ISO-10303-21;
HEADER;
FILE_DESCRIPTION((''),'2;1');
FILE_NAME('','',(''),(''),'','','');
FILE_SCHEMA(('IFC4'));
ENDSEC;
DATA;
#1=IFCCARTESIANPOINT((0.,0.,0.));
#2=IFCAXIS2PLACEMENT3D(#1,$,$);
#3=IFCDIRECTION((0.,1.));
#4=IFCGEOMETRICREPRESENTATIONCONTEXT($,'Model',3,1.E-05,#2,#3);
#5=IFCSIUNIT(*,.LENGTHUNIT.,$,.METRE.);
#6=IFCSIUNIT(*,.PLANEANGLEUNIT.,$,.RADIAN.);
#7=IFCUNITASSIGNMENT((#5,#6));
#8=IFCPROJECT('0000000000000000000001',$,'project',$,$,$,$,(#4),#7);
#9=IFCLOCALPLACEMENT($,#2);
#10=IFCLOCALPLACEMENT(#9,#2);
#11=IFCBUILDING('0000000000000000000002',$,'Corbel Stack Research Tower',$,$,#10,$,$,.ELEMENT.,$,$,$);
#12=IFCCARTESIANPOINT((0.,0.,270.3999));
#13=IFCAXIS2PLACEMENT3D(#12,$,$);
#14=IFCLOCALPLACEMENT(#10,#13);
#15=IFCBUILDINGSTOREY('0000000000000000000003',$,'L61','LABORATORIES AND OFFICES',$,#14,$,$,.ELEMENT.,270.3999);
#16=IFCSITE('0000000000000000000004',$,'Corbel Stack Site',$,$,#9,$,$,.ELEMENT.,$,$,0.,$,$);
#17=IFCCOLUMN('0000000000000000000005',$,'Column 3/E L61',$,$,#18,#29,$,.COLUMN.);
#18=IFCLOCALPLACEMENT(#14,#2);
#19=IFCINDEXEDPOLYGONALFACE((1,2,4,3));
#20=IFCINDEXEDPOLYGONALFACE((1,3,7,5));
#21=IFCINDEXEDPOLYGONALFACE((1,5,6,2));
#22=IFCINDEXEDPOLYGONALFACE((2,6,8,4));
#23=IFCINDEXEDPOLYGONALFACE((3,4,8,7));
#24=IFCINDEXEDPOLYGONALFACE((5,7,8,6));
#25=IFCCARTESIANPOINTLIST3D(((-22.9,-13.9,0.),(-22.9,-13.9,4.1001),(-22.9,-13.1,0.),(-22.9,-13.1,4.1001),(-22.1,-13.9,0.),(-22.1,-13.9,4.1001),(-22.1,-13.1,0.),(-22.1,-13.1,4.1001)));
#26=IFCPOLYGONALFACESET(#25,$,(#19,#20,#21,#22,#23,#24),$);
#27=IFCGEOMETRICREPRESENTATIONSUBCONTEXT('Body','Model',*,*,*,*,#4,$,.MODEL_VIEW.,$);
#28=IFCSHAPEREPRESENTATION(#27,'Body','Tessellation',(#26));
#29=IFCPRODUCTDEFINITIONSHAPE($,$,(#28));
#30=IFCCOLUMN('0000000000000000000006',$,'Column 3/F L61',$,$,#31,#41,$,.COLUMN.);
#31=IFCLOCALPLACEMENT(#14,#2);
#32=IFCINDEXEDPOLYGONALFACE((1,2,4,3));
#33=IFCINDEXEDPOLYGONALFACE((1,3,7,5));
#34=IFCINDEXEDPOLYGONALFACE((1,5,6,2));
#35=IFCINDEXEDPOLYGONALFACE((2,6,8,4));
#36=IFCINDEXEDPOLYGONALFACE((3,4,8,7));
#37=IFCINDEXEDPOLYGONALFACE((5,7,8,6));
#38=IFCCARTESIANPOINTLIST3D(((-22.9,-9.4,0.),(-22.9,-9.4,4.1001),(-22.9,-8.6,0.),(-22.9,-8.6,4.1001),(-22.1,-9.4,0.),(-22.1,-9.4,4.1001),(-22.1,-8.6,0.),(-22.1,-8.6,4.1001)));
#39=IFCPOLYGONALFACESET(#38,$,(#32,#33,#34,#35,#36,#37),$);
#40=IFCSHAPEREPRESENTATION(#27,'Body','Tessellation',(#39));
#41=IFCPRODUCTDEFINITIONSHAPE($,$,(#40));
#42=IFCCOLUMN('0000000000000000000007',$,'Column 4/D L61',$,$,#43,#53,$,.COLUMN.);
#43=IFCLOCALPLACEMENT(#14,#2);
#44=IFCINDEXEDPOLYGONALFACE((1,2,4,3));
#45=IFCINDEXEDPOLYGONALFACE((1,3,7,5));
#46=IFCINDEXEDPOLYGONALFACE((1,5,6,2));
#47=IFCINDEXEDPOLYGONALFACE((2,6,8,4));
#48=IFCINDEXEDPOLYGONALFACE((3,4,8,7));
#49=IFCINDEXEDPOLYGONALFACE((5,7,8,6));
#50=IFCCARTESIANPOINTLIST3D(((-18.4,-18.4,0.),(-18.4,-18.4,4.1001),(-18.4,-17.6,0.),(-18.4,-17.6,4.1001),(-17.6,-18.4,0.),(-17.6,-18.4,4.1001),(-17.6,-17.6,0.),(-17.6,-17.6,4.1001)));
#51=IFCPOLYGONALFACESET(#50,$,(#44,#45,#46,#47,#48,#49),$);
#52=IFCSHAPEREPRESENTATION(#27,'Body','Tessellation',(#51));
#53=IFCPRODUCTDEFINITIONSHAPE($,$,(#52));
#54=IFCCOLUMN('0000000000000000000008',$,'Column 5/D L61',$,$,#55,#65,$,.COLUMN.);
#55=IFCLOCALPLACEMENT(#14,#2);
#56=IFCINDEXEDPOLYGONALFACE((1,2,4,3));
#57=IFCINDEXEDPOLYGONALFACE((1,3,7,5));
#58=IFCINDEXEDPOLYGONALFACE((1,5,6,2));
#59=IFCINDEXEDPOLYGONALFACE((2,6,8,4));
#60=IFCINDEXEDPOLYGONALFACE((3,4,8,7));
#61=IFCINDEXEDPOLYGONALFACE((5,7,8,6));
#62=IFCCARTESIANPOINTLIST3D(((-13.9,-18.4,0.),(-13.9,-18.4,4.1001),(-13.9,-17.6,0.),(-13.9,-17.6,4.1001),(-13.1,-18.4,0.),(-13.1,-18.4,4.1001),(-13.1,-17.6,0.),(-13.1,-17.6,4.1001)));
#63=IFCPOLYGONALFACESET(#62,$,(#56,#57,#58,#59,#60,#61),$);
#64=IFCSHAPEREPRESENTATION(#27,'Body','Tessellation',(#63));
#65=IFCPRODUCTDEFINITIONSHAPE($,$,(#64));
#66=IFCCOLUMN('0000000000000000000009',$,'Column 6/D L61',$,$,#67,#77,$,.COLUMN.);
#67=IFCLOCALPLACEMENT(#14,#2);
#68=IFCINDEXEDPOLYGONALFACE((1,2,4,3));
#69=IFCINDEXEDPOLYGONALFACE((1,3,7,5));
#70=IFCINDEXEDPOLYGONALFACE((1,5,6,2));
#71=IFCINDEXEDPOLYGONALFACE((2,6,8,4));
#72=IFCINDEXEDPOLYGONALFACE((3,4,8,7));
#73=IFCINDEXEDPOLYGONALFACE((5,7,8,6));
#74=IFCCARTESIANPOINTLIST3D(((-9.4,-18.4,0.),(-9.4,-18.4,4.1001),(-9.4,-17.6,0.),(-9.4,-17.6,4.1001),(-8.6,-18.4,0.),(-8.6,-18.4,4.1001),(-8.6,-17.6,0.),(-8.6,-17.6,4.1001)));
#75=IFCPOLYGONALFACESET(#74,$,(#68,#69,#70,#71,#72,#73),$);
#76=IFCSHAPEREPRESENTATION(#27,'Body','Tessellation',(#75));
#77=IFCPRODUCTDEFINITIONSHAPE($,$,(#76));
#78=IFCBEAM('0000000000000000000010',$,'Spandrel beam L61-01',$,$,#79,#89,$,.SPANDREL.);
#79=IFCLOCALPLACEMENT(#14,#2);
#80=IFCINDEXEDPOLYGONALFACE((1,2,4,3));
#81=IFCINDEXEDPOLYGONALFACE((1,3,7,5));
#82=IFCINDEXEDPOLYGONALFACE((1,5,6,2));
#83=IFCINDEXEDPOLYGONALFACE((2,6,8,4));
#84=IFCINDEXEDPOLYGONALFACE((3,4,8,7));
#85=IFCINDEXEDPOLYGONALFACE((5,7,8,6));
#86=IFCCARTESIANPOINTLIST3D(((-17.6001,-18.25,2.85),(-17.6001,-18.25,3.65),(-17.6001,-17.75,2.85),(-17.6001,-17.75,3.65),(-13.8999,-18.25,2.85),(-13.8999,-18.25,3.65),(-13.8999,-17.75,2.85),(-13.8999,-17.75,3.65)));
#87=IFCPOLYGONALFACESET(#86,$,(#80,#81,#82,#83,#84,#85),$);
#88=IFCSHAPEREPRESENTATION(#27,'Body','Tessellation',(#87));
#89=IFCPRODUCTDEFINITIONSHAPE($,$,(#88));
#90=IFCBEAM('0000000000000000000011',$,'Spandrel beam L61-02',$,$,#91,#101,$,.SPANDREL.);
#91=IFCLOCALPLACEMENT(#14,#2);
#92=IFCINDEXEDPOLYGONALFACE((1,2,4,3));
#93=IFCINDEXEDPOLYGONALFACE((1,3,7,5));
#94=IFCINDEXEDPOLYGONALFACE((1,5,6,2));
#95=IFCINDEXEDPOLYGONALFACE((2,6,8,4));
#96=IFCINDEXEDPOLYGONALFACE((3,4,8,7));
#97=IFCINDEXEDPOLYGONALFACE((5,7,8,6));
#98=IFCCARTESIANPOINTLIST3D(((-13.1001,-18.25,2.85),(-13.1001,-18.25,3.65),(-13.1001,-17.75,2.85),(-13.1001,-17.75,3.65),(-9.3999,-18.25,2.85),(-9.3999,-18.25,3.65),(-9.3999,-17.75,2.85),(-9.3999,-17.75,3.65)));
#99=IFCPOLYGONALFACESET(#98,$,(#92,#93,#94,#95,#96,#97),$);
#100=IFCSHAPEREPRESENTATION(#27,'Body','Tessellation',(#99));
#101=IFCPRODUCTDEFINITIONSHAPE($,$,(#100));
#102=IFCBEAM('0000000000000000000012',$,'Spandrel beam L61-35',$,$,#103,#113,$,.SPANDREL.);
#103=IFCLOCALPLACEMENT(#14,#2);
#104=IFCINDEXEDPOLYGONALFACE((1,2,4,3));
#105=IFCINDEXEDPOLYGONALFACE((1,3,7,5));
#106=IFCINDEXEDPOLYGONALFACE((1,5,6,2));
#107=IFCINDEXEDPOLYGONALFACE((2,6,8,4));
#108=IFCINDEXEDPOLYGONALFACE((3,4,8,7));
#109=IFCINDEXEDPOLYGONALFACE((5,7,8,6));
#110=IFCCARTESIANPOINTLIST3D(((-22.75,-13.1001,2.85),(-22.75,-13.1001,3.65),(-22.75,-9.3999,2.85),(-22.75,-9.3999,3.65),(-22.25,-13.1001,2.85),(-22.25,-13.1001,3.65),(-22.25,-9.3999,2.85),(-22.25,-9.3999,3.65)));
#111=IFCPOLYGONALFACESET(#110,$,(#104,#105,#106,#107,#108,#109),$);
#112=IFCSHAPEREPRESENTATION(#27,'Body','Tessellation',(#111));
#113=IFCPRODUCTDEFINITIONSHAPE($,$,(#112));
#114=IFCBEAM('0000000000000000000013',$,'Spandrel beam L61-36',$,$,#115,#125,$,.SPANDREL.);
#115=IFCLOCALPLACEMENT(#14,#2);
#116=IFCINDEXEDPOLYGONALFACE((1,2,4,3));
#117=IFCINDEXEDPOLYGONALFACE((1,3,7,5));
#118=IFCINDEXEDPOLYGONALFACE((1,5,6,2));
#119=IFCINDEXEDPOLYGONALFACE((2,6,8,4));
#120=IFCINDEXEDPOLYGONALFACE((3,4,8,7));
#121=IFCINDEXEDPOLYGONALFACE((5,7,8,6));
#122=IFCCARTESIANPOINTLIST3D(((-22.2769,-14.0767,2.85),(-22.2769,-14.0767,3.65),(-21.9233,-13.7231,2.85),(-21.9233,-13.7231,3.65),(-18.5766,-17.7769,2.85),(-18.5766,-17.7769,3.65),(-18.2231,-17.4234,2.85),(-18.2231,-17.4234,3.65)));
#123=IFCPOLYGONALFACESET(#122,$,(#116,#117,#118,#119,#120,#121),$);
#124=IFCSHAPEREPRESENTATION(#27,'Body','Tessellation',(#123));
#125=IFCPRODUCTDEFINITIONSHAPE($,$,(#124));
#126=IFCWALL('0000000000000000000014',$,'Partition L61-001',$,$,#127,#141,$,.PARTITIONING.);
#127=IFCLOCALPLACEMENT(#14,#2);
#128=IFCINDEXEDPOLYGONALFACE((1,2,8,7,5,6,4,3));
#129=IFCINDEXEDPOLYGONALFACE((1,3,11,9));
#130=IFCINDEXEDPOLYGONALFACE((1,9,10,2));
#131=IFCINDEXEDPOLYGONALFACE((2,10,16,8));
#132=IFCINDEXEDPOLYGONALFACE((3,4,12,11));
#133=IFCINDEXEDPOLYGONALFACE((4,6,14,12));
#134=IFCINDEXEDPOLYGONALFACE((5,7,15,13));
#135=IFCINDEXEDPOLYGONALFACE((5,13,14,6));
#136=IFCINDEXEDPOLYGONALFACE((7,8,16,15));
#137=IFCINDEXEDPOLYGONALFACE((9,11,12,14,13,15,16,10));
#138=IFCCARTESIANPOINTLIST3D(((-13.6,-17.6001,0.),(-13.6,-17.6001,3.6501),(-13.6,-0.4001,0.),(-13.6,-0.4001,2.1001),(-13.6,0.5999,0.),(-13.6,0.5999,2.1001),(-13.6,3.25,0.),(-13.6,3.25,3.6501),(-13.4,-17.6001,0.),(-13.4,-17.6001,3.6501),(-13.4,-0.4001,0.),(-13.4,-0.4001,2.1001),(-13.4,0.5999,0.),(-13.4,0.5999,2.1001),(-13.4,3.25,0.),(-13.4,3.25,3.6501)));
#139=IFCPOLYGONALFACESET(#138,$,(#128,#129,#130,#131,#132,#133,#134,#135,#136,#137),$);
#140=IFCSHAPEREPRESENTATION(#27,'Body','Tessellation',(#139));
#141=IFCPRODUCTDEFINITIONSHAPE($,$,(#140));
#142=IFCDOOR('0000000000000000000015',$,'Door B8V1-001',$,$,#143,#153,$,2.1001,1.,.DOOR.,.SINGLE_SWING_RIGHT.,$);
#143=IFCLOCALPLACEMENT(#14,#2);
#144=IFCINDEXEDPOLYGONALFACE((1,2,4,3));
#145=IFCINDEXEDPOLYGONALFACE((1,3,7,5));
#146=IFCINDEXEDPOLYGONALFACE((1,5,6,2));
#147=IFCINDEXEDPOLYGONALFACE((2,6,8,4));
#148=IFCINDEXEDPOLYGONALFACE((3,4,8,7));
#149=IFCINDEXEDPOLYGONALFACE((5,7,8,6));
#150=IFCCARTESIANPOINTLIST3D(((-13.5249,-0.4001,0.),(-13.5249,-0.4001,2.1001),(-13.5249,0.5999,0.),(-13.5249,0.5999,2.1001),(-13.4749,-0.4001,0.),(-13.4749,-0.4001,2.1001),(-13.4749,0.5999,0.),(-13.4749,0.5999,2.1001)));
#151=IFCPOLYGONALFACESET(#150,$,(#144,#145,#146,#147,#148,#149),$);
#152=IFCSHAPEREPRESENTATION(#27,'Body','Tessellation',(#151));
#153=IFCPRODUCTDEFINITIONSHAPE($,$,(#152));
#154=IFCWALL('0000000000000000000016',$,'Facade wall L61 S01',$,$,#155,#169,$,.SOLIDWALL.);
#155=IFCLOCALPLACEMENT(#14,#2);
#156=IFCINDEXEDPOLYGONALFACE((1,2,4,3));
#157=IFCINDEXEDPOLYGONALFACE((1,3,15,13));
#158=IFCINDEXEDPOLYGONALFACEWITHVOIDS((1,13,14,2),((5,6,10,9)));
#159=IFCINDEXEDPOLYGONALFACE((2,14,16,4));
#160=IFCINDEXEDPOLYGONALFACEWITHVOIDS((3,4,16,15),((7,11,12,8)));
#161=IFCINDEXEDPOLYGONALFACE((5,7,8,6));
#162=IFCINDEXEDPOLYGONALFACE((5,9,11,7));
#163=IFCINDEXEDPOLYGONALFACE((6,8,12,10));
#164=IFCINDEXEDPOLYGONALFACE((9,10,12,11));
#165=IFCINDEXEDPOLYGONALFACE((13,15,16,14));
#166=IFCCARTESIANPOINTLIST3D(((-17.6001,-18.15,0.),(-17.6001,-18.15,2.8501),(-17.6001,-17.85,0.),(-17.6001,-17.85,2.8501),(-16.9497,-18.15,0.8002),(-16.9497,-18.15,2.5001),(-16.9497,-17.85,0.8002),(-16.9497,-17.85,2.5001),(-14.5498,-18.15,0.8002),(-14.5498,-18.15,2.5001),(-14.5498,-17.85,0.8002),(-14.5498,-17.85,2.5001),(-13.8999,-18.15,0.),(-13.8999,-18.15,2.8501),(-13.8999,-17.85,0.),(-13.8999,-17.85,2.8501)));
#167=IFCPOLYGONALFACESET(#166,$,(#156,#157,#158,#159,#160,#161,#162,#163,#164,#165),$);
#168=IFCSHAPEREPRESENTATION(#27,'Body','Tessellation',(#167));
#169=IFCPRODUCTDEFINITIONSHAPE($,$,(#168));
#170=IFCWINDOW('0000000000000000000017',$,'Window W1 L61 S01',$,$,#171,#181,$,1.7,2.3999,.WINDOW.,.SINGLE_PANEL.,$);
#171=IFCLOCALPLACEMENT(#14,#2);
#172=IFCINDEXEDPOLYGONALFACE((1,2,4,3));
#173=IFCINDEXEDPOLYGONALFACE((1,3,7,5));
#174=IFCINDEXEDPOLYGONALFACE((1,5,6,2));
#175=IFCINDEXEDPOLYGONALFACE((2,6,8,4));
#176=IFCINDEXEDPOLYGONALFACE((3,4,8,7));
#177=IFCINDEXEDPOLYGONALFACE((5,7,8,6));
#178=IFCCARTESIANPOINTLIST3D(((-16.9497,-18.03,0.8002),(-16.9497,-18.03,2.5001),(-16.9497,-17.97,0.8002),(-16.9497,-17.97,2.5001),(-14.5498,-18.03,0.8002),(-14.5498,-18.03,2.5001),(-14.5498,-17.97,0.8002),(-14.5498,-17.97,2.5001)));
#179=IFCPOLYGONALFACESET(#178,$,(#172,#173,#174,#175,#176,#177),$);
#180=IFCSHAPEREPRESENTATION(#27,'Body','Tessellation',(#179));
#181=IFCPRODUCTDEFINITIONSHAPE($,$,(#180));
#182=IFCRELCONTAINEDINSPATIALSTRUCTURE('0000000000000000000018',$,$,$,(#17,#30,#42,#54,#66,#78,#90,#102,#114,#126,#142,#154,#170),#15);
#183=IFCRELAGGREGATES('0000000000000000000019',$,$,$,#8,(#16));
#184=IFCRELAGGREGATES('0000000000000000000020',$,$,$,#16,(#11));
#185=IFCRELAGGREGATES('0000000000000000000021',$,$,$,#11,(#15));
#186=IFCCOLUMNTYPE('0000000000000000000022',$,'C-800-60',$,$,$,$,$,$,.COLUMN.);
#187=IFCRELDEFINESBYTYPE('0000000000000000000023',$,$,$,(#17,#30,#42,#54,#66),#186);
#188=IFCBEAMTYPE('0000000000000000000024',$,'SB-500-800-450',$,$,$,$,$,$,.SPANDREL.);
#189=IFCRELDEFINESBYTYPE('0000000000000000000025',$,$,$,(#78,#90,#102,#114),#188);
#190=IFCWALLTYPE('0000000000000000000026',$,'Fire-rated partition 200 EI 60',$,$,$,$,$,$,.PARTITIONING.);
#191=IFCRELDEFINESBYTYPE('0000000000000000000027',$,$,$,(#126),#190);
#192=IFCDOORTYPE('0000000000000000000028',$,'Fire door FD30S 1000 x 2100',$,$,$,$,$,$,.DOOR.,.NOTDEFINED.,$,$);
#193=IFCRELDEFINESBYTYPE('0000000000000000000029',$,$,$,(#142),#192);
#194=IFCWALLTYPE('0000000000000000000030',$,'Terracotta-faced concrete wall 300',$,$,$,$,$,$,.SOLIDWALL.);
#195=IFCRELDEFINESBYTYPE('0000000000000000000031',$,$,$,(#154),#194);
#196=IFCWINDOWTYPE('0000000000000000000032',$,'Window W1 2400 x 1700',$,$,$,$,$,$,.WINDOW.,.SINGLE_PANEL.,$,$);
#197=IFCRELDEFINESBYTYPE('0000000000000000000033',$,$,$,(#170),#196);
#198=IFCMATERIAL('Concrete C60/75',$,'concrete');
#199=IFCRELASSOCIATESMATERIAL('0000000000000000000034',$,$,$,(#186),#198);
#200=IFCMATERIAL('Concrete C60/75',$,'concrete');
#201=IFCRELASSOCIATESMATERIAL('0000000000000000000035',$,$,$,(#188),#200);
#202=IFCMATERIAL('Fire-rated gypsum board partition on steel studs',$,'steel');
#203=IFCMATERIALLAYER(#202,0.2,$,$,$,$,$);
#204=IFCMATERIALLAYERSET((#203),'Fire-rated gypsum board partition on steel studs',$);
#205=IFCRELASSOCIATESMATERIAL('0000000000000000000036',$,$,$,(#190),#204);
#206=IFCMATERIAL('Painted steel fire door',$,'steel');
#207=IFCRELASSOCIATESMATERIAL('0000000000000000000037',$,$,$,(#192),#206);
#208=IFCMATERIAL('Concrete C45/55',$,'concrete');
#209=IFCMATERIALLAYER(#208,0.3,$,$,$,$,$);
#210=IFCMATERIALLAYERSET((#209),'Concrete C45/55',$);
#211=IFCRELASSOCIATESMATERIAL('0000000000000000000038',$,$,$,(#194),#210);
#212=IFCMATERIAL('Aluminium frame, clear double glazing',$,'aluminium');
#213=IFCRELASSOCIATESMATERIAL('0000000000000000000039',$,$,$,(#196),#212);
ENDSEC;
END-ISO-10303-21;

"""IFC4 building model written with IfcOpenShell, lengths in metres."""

from ifc_helpers import new_model, si_unit, direction, frame, frame_2d, origin, origin_2d, place, context, subcontext, project, spatial, rectangle, extrude, material, layer, layer_set, material_profile, profile_set, type_object, element, fill, save


model = new_model("IFC4")

# Units and contexts
model_context = context("Model", 3, precision=1e-05, world=origin(), true_north=direction((0.0, 1.0)))
body_context = subcontext(model_context, "Body", "Model", "MODEL_VIEW")
ifc_project = project(units=[si_unit("LENGTHUNIT", "METRE"), si_unit("PLANEANGLEUNIT", "RADIAN")], contexts=[model_context])

# Site, building, storey
site_placement = place(None, origin())
site = spatial("IfcSite", under=ifc_project, at=site_placement, Name="Corbel Stack Site", CompositionType="ELEMENT", RefElevation=0.0)
building_placement = place(site_placement, origin())
building = spatial("IfcBuilding", under=site, at=building_placement, Name="Corbel Stack Research Tower", CompositionType="ELEMENT")
storey_placement = place(building_placement, frame((0.0, 0.0, 270.3999)))
storey = spatial("IfcBuildingStorey", under=building, at=storey_placement, Name="L61", Description="LABORATORIES AND OFFICES", CompositionType="ELEMENT", Elevation=270.3999)

# Columns
ifc_material_1 = material(Name="Concrete C60/75", Category="concrete")
ifc_material_profile_1 = material_profile(ifc_material_1, rectangle(XDim=0.8, YDim=0.8, at=origin_2d()), Name="RC 800 x 800")
ifc_profile_set_1 = profile_set([ifc_material_profile_1], Name="Concrete C60/75")
column_type = type_object("IfcColumnType", Name="C-800-60", PredefinedType="COLUMN", material=ifc_profile_set_1)
for number, where, z_axis, x_axis, name in (
    (1, (-22.5, -13.5, 0.0), (0.0, 0.0, 1.0), (1.0, 0.0, 0.0), "Column 3/E L61"),
    (2, (-22.5, -9.0, 0.0), (0.0, 0.0, 1.0), (1.0, 0.0, 0.0), "Column 3/F L61"),
    (3, (-18.0, -18.0, 0.0), (0.0, 0.0, 1.0), (1.0, 0.0, 0.0), "Column 4/D L61"),
    (4, (-13.5, -18.0, 0.0), (0.0, 0.0, 1.0), (1.0, 0.0, 0.0), "Column 5/D L61"),
    (5, (-9.0, -18.0, 0.0), (0.0, 0.0, 1.0), (1.0, 0.0, 0.0), "Column 6/D L61"),
):
    element("IfcColumn", number, at=place(storey_placement, frame(where, z_axis=z_axis, x_axis=x_axis)), inside=storey, type_object=column_type, Name=name, PredefinedType="COLUMN", context=body_context, shape_type="SweptSolid", body=[
        extrude(rectangle(XDim=0.8, YDim=0.8, at=origin_2d()), origin(), (0.0, 0.0, 1.0), 4.1001),
    ])

# Beams
ifc_material_2 = material(Name="Concrete C60/75", Category="concrete")
ifc_material_profile_2 = material_profile(ifc_material_2, rectangle(XDim=0.5, YDim=0.8, at=origin_2d()), Name="RC 500 x 800")
ifc_profile_set_2 = profile_set([ifc_material_profile_2], Name="Concrete C60/75")
beam_type = type_object("IfcBeamType", Name="SB-500-800-450", PredefinedType="SPANDREL", material=ifc_profile_set_2)
for number, where, z_axis, x_axis, name in (
    (6, (-17.6001, -18.0, 3.25), (1.0, 0.0, 0.0), (0.0, 1.0, 0.0), "Spandrel beam L61-01"),
    (7, (-13.1001, -18.0, 3.25), (1.0, 0.0, 0.0), (0.0, 1.0, 0.0), "Spandrel beam L61-02"),
    (8, (-22.5, -9.3999, 3.25), (0.0, -1.0, 0.0), (1.0, 0.0, 0.0), "Spandrel beam L61-35"),
):
    element("IfcBeam", number, at=place(storey_placement, frame(where, z_axis=z_axis, x_axis=x_axis)), inside=storey, type_object=beam_type, Name=name, PredefinedType="SPANDREL", context=body_context, shape_type="SweptSolid", body=[
        extrude(rectangle(XDim=0.5, YDim=0.8, at=origin_2d()), origin(), (0.0, 0.0, 1.0), 3.7002),
    ])
beam_placement = place(storey_placement, frame((-22.1001, -13.8999, 3.25), z_axis=(0.707107, -0.707107, 0.0), x_axis=(0.707107, 0.707107, 0.0)))
element("IfcBeam", 9, at=beam_placement, inside=storey, type_object=beam_type, Name="Spandrel beam L61-36", PredefinedType="SPANDREL", context=body_context, shape_type="SweptSolid", body=[
    extrude(rectangle(XDim=0.5, YDim=0.8, at=origin_2d()), origin(), (0.0, 0.0, 1.0), 5.2329),
])

# Wall, opening, door
ifc_material_3 = material(Name="Fire-rated gypsum board partition on steel studs", Category="steel")
ifc_layer_1 = layer(ifc_material_3, 0.2)
ifc_layer_set_1 = layer_set([ifc_layer_1], Name="Fire-rated gypsum board partition on steel studs")
wall_type_1 = type_object("IfcWallType", Name="Fire-rated partition 200 EI 60", PredefinedType="PARTITIONING", material=ifc_layer_set_1)
wall_1_placement = place(storey_placement, frame((-13.5, -17.6001, 0.0), z_axis=(0.0, 0.0, 1.0), x_axis=(0.0, 1.0, 0.0)))
wall_1 = element("IfcWall", 10, at=wall_1_placement, inside=storey, type_object=wall_type_1, Name="Partition L61-001", PredefinedType="PARTITIONING", context=body_context, shape_type="SweptSolid", body=[
    extrude(rectangle(XDim=20.8501, YDim=0.2, at=frame_2d((10.425, 0.0))), origin(), (0.0, 0.0, 1.0), 3.6501),
])
opening_1_placement = place(wall_1_placement, frame((17.2, 0.0, 0.0)))
opening_1 = element("IfcOpeningElement", 11, at=opening_1_placement, cuts=wall_1, PredefinedType="OPENING", context=body_context, shape_type="SweptSolid", body=[
    extrude(rectangle(XDim=1.0, YDim=2.1001, at=frame_2d((0.5, 1.05))), frame((0.0, 0.1099, 0.0), z_axis=(0.0, -1.0, 0.0), x_axis=(1.0, 0.0, 0.0)), (0.0, 0.0, 1.0), 0.22),
])
ifc_material_4 = material(Name="Painted steel fire door", Category="steel")
door_type_1 = type_object("IfcDoorType", Name="Fire door FD30S 1000 x 2100", OperationType="NOTDEFINED", PredefinedType="DOOR", material=ifc_material_4)
door_1_placement = place(opening_1_placement, origin())
door_1 = element("IfcDoor", 12, at=door_1_placement, inside=storey, type_object=door_type_1, Name="Door B8V1-001", OperationType="SINGLE_SWING_RIGHT", OverallHeight=2.1001, OverallWidth=1.0, PredefinedType="DOOR", context=body_context, shape_type="SweptSolid", body=[
    extrude(rectangle(XDim=1.0, YDim=2.1001, at=frame_2d((0.5, 1.05))), frame((0.0, 0.0249, 0.0), z_axis=(0.0, -1.0, 0.0), x_axis=(1.0, 0.0, 0.0)), (0.0, 0.0, 1.0), 0.05),
])
fill(opening_1, door_1)

# Wall, opening, window
ifc_material_5 = material(Name="Concrete C45/55", Category="concrete")
ifc_layer_2 = layer(ifc_material_5, 0.3)
ifc_layer_set_2 = layer_set([ifc_layer_2], Name="Concrete C45/55")
wall_type_2 = type_object("IfcWallType", Name="Terracotta-faced concrete wall 300", PredefinedType="SOLIDWALL", material=ifc_layer_set_2)
wall_2_placement = place(storey_placement, frame((-13.8999, -18.0, 0.0), z_axis=(0.0, 0.0, 1.0), x_axis=(-1.0, 0.0, 0.0)))
wall_2 = element("IfcWall", 13, at=wall_2_placement, inside=storey, type_object=wall_type_2, Name="Facade wall L61 S01", PredefinedType="SOLIDWALL", context=body_context, shape_type="SweptSolid", body=[
    extrude(rectangle(XDim=3.7002, YDim=0.3, at=frame_2d((1.8501, 0.0))), origin(), (0.0, 0.0, 1.0), 2.8501),
])
opening_2_placement = place(wall_2_placement, frame((0.6499, 0.0, 0.8)))
opening_2 = element("IfcOpeningElement", 14, at=opening_2_placement, cuts=wall_2, PredefinedType="OPENING", context=body_context, shape_type="SweptSolid", body=[
    extrude(rectangle(XDim=2.3999, YDim=1.7, at=frame_2d((1.2, 0.8501))), frame((0.0, 0.1599, 0.0), z_axis=(0.0, -1.0, 0.0), x_axis=(1.0, 0.0, 0.0)), (0.0, 0.0, 1.0), 0.3201),
])
ifc_material_6 = material(Name="Aluminium frame, clear double glazing", Category="aluminium")
window_type = type_object("IfcWindowType", Name="Window W1 2400 x 1700", PartitioningType="SINGLE_PANEL", PredefinedType="WINDOW", material=ifc_material_6)
window_1_placement = place(opening_2_placement, origin())
window_1 = element("IfcWindow", 15, at=window_1_placement, inside=storey, type_object=window_type, Name="Window W1 L61 S01", OverallHeight=1.7, OverallWidth=2.3999, PartitioningType="SINGLE_PANEL", PredefinedType="WINDOW", context=body_context, shape_type="SweptSolid", body=[
    extrude(rectangle(XDim=2.3999, YDim=1.7, at=frame_2d((1.2, 0.8501))), frame((0.0, 0.03, 0.0), z_axis=(0.0, -1.0, 0.0), x_axis=(1.0, 0.0, 0.0)), (0.0, 0.0, 1.0), 0.0601),
])
fill(opening_2, window_1)

save(model, "model.ifc")
